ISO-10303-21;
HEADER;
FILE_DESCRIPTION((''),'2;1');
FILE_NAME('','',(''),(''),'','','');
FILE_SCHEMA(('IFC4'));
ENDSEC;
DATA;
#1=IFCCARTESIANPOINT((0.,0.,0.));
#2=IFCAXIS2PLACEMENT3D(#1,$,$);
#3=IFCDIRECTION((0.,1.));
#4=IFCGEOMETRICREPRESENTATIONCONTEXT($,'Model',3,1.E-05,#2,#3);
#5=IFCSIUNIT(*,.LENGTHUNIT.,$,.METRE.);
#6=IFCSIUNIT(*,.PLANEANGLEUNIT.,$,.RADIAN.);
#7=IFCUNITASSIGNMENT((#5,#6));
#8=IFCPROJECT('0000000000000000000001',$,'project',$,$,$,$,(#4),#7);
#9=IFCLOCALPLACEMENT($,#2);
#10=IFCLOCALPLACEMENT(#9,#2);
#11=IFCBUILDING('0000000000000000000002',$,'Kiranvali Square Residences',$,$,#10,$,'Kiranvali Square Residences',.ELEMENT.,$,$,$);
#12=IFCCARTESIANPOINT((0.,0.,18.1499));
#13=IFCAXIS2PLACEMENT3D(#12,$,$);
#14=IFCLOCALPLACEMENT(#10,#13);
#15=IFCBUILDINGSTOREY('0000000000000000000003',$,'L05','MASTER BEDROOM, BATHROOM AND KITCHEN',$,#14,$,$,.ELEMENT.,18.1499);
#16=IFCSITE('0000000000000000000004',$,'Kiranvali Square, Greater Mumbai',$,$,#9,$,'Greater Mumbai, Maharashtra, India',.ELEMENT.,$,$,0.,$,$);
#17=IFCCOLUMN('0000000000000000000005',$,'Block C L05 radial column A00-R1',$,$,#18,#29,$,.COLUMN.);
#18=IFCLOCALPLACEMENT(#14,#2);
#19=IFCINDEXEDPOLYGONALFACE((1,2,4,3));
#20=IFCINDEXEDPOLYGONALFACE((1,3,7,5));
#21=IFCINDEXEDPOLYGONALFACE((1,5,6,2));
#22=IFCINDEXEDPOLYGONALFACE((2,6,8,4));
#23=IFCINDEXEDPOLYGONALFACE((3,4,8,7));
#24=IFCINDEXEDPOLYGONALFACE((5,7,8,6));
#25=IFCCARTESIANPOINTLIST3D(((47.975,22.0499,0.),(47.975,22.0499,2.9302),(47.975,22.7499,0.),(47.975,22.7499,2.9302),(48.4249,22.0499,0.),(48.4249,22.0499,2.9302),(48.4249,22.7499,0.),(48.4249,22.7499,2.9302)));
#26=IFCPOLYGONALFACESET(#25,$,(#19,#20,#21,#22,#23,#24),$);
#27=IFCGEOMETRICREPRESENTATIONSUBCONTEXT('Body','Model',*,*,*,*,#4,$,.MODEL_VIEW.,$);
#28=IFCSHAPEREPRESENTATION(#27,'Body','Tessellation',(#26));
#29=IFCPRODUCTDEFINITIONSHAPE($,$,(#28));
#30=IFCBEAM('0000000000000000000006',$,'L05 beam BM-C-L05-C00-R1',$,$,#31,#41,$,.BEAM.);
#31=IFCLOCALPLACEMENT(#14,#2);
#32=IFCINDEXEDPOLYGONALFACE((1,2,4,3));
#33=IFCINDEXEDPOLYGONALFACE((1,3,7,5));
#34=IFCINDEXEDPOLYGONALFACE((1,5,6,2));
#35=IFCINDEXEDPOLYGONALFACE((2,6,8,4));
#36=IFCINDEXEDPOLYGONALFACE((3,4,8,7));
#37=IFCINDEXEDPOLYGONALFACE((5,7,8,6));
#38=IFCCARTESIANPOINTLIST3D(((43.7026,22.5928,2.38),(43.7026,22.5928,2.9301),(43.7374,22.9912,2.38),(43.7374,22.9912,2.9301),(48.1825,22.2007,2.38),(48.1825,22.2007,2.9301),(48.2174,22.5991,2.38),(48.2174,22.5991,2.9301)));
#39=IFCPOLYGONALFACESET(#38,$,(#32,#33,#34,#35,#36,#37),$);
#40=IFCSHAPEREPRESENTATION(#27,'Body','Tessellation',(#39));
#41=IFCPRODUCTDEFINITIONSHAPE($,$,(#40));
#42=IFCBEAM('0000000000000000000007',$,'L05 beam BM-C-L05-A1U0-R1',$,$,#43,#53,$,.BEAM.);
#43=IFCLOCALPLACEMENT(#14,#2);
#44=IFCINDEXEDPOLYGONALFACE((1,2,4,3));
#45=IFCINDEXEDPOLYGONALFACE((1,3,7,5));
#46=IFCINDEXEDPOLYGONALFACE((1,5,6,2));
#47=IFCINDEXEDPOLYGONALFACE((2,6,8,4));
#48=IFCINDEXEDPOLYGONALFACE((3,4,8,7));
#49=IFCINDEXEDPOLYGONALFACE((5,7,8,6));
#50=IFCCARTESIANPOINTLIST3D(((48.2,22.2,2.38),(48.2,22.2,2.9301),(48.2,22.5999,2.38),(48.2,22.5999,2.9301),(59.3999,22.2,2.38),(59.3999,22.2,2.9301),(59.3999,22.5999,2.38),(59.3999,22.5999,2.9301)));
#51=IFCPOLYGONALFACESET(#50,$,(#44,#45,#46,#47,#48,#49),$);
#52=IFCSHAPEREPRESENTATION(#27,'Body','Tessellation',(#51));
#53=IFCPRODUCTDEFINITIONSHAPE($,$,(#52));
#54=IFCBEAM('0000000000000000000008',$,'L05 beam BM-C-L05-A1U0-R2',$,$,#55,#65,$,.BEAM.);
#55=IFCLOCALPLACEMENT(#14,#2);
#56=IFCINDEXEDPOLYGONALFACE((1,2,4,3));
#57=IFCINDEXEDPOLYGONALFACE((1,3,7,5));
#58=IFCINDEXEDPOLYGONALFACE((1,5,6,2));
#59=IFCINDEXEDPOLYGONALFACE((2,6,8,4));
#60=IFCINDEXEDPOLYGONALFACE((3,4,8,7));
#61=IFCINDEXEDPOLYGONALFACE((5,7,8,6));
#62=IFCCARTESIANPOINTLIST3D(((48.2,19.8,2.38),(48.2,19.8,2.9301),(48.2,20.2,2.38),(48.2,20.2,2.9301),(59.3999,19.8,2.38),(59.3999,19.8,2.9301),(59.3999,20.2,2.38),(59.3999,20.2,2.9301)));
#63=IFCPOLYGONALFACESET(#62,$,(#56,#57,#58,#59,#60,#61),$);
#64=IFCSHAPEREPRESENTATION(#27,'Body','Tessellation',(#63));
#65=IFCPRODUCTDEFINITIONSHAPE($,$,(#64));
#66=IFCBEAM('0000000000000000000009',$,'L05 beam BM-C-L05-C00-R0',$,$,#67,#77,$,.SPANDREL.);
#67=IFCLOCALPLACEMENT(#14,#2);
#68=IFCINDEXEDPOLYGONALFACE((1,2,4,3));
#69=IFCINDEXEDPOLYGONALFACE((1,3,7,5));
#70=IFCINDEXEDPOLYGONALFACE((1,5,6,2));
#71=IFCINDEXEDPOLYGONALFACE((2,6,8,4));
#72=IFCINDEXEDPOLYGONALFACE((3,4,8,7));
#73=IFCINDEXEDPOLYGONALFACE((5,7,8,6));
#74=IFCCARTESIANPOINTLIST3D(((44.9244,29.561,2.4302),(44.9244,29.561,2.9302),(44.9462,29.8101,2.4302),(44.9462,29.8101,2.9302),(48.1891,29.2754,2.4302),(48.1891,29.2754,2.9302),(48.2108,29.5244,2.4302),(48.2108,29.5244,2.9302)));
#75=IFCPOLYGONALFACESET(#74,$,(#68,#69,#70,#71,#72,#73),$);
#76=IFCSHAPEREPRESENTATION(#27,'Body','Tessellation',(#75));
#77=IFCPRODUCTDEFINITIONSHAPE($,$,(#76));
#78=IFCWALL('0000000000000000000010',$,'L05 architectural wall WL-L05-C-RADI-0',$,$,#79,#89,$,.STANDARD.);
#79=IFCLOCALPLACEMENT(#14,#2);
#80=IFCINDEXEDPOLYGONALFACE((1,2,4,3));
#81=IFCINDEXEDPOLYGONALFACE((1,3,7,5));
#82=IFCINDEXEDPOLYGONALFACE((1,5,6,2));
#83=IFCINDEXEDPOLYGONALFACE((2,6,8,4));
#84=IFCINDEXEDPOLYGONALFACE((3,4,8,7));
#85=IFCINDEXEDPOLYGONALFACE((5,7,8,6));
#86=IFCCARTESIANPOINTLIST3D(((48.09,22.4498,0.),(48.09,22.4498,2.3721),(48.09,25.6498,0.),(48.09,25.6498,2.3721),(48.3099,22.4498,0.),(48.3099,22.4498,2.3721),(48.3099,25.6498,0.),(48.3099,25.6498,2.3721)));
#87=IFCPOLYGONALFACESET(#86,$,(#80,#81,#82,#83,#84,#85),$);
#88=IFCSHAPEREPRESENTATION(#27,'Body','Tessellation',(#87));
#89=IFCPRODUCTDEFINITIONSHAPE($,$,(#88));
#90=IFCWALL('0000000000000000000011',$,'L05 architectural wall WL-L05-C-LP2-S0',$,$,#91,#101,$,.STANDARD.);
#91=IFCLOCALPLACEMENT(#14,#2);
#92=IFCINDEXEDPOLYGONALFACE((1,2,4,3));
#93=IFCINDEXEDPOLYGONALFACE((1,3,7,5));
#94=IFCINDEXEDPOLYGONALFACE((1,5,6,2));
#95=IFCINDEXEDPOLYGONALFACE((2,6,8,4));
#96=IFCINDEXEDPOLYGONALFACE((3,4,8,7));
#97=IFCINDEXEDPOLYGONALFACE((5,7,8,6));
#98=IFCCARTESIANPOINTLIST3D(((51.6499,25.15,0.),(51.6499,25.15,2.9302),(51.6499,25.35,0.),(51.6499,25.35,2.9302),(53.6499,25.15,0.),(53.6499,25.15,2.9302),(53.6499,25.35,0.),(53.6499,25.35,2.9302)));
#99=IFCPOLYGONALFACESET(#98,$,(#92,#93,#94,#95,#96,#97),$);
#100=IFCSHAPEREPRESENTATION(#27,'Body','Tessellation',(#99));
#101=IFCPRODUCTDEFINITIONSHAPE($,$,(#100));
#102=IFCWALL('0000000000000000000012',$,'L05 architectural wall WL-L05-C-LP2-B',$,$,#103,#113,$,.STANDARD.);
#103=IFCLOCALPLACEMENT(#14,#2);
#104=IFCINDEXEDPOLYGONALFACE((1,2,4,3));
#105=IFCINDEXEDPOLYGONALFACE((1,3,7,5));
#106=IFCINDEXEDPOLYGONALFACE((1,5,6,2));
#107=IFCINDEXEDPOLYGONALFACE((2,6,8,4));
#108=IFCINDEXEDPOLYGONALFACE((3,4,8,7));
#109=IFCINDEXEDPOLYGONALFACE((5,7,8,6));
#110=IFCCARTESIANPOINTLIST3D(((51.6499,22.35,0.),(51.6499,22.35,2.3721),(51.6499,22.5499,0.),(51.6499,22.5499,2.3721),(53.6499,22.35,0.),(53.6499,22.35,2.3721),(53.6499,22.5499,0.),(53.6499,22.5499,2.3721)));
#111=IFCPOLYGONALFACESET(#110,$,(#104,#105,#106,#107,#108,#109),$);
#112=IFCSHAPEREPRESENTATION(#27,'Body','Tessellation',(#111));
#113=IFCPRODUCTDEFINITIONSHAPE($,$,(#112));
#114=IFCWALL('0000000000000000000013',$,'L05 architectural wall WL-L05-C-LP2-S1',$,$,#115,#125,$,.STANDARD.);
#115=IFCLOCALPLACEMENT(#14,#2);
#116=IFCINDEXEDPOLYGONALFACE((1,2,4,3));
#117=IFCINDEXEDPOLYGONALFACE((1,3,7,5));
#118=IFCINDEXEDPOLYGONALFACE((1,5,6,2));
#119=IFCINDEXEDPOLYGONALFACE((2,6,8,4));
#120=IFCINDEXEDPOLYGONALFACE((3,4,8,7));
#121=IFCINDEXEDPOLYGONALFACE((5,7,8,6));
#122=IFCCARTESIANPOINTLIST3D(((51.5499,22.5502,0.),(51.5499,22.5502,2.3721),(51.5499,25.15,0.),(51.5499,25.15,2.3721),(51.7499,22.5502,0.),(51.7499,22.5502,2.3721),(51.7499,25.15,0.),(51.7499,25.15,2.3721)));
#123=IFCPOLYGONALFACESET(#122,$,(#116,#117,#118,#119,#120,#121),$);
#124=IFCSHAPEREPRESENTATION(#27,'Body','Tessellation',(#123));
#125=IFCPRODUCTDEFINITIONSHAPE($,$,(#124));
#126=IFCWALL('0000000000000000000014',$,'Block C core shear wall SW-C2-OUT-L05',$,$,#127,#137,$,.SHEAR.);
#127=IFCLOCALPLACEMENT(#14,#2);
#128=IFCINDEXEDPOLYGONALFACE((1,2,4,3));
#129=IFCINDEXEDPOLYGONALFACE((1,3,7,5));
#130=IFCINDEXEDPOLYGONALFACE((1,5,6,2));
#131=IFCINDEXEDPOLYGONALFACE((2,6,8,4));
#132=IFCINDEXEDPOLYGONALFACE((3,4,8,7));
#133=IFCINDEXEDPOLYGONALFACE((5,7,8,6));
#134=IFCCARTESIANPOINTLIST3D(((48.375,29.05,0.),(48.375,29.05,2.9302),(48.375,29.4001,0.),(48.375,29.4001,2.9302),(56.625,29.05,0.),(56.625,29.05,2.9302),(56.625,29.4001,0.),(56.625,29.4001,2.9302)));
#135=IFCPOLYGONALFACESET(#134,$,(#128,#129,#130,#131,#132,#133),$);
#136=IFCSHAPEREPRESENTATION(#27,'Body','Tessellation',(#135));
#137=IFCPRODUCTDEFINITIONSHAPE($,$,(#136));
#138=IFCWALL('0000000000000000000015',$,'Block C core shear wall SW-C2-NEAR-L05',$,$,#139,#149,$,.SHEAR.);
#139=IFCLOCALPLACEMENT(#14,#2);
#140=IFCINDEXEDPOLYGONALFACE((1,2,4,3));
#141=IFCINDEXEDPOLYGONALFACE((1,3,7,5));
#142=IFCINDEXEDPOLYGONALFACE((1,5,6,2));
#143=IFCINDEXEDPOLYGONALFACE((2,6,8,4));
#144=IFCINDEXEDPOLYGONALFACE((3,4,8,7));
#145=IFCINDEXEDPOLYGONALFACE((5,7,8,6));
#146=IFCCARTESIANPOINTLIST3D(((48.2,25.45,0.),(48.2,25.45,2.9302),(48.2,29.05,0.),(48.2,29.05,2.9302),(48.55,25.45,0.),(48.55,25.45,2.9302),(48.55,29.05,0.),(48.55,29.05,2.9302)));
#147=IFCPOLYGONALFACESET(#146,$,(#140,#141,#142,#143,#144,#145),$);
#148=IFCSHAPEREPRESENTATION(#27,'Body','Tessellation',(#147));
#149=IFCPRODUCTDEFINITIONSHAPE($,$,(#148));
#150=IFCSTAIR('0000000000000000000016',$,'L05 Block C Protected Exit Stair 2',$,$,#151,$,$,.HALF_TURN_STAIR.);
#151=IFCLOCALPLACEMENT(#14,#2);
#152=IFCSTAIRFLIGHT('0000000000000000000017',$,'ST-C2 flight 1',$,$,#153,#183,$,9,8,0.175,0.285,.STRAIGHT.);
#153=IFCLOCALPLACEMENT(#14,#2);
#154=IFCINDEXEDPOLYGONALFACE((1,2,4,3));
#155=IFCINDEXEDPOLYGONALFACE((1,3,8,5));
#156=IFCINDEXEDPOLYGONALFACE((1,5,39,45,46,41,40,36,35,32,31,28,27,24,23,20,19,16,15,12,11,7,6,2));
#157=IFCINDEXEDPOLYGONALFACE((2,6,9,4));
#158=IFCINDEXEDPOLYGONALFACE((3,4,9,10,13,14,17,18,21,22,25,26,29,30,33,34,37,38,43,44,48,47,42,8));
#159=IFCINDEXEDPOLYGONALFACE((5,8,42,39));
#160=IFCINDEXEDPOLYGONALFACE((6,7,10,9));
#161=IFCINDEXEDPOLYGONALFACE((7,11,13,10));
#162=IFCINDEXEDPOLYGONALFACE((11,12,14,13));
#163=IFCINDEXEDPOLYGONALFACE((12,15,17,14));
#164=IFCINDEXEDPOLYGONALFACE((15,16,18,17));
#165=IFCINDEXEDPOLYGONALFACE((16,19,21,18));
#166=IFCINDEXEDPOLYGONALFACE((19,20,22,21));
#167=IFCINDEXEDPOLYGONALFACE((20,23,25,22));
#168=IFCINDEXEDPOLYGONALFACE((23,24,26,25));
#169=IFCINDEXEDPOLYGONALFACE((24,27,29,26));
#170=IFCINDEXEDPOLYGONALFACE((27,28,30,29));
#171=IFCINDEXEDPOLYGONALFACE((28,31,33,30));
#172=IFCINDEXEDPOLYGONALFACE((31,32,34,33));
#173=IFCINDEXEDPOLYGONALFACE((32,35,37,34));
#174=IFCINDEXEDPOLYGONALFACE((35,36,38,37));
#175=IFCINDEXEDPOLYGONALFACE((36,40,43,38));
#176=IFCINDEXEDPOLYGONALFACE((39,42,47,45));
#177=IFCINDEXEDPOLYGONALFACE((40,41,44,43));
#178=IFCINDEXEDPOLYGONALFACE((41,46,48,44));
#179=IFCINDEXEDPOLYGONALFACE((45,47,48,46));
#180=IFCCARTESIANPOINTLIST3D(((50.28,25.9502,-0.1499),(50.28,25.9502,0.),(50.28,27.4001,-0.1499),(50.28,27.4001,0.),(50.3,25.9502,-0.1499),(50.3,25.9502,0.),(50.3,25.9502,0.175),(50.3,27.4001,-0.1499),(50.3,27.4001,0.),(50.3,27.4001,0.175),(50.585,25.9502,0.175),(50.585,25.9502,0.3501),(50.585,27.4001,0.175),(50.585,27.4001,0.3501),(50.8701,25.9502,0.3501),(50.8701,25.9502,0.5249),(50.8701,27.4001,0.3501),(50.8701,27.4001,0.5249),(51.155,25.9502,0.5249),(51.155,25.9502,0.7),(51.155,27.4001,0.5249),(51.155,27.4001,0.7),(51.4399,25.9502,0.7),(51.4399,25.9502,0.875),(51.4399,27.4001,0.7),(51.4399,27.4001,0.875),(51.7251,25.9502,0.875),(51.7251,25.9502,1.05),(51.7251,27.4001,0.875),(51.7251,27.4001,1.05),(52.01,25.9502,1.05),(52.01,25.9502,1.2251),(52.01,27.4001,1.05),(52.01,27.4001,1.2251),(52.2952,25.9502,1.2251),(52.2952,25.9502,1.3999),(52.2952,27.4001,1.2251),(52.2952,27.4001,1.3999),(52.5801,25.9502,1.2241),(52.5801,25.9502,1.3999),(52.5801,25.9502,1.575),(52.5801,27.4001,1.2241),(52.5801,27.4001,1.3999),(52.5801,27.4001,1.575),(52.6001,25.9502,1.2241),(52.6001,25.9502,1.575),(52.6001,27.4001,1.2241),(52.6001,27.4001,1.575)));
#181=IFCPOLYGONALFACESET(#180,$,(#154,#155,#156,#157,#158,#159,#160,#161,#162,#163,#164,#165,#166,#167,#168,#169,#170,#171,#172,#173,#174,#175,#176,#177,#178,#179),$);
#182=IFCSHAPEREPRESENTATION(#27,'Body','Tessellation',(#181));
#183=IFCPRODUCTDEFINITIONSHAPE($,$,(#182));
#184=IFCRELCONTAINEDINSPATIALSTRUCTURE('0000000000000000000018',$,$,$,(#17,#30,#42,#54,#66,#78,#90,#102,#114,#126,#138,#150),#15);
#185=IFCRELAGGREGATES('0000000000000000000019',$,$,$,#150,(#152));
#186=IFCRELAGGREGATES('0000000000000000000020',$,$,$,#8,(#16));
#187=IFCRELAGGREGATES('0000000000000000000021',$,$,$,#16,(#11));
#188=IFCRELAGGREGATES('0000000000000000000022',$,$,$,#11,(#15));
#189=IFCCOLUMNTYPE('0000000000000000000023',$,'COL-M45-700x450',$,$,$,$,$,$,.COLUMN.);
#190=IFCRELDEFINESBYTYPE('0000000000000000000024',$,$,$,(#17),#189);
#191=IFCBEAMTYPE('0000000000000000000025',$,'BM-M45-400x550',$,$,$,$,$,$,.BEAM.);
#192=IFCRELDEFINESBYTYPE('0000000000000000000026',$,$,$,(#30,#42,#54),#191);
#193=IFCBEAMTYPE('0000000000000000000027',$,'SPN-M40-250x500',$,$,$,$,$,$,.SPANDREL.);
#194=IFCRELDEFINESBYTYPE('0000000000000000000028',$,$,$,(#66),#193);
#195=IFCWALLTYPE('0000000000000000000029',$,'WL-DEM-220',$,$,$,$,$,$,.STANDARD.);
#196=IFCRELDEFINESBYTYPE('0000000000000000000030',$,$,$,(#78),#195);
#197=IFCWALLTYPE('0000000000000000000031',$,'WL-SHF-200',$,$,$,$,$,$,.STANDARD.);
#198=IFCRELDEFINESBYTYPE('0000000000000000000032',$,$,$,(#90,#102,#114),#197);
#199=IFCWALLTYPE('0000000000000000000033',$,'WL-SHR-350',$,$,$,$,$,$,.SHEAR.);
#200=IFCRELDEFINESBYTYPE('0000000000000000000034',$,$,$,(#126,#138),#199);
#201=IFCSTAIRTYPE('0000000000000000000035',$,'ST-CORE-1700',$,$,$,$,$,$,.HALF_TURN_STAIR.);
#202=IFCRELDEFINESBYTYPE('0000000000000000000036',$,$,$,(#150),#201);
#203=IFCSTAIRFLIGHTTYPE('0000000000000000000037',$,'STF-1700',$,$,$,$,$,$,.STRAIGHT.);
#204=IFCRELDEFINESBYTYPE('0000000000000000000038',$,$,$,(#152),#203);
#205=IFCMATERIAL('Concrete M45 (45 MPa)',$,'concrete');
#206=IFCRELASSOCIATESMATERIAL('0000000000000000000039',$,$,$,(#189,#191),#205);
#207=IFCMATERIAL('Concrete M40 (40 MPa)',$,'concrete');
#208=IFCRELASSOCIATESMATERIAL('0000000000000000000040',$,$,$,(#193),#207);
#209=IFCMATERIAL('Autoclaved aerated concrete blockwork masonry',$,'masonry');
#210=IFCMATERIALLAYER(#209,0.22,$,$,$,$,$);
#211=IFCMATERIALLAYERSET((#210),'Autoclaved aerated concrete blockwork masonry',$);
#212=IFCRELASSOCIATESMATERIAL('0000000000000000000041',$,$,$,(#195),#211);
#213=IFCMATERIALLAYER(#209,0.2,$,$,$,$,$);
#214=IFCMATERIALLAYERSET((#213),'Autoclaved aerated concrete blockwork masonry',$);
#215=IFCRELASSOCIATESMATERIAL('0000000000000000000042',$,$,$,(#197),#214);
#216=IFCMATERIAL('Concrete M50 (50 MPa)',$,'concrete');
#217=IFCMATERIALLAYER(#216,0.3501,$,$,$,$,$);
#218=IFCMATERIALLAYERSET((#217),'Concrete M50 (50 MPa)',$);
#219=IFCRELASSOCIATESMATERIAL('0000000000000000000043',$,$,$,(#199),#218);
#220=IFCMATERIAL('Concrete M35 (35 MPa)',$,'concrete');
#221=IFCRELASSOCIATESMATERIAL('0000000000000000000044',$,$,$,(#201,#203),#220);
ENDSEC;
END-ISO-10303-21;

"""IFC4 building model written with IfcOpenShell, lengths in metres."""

from ifc_helpers import new_model, si_unit, direction, frame, frame_2d, origin, origin_2d, place, context, subcontext, project, spatial, polyline, rectangle, outline, extrude, material, layer, layer_set, material_profile, profile_set, type_object, element, aggregate, save


model = new_model("IFC4")

# Units and contexts
model_context = context("Model", 3, precision=1e-05, world=origin(), true_north=direction((0.0, 1.0)))
body_context = subcontext(model_context, "Body", "Model", "MODEL_VIEW")
ifc_project = project(units=[si_unit("LENGTHUNIT", "METRE"), si_unit("PLANEANGLEUNIT", "RADIAN")], contexts=[model_context])

# Site, building, storey
site_placement = place(None, origin())
site = spatial("IfcSite", under=ifc_project, at=site_placement, Name="Kiranvali Square, Greater Mumbai", LongName="Greater Mumbai, Maharashtra, India", CompositionType="ELEMENT", RefElevation=0.0)
building_placement = place(site_placement, origin())
building = spatial("IfcBuilding", under=site, at=building_placement, Name="Kiranvali Square Residences", LongName="Kiranvali Square Residences", CompositionType="ELEMENT")
storey_placement = place(building_placement, frame((0.0, 0.0, 18.1499)))
storey = spatial("IfcBuildingStorey", under=building, at=storey_placement, Name="L05", Description="MASTER BEDROOM, BATHROOM AND KITCHEN", CompositionType="ELEMENT", Elevation=18.1499)

# Column
ifc_material_1 = material(Name="Concrete M45 (45 MPa)", Category="concrete")
ifc_material_profile_1 = material_profile(ifc_material_1, rectangle(XDim=0.45, YDim=0.7, at=origin_2d()), Name="RC 700x450")
ifc_profile_set_1 = profile_set([ifc_material_profile_1], Name="Concrete M45 (45 MPa)")
column_type = type_object("IfcColumnType", Name="COL-M45-700x450", PredefinedType="COLUMN", material=ifc_profile_set_1)
column_placement = place(storey_placement, frame((48.2, 22.3999, 0.0), z_axis=(0.0, 0.0, 1.0), x_axis=(1.0, 0.0, 0.0)))
element("IfcColumn", 1, at=column_placement, inside=storey, type_object=column_type, Name="Block C L05 radial column A00-R1", PredefinedType="COLUMN", context=body_context, shape_type="SweptSolid", body=[
    extrude(rectangle(XDim=0.45, YDim=0.7, at=origin_2d()), origin(), (0.0, 0.0, 1.0), 2.9302),
])

# Beams
ifc_material_profile_2 = material_profile(ifc_material_1, rectangle(XDim=0.3999, YDim=0.55, at=origin_2d()), Name="RC 400x550")
ifc_profile_set_2 = profile_set([ifc_material_profile_2], Name="Concrete M45 (45 MPa)")
beam_type_1 = type_object("IfcBeamType", Name="BM-M45-400x550", PredefinedType="BEAM", material=ifc_profile_set_2)
beam_1_placement = place(storey_placement, frame((48.2, 22.3999, 2.655), z_axis=(-0.996192, 0.087187, 0.0), x_axis=(-0.087187, -0.996192, 0.0)))
element("IfcBeam", 2, at=beam_1_placement, inside=storey, type_object=beam_type_1, Name="L05 beam BM-C-L05-C00-R1", PredefinedType="BEAM", context=body_context, shape_type="SweptSolid", body=[
    extrude(rectangle(XDim=0.3999, YDim=0.55, at=origin_2d()), origin(), (0.0, 0.0, 1.0), 4.4971),
])
for number, where, z_axis, x_axis, name in (
    (3, (48.2, 22.3999, 2.655), (1.0, 0.0, 0.0), (0.0, 1.0, 0.0), "L05 beam BM-C-L05-A1U0-R1"),
    (4, (48.2, 20.0, 2.655), (1.0, 0.0, 0.0), (0.0, 1.0, 0.0), "L05 beam BM-C-L05-A1U0-R2"),
):
    element("IfcBeam", number, at=place(storey_placement, frame(where, z_axis=z_axis, x_axis=x_axis)), inside=storey, type_object=beam_type_1, Name=name, PredefinedType="BEAM", context=body_context, shape_type="SweptSolid", body=[
        extrude(rectangle(XDim=0.3999, YDim=0.55, at=origin_2d()), origin(), (0.0, 0.0, 1.0), 11.2),
    ])
ifc_material_2 = material(Name="Concrete M40 (40 MPa)", Category="concrete")
ifc_material_profile_3 = material_profile(ifc_material_2, rectangle(XDim=0.25, YDim=0.5, at=origin_2d()), Name="RC 250x500")
ifc_profile_set_3 = profile_set([ifc_material_profile_3], Name="Concrete M40 (40 MPa)")
beam_type_2 = type_object("IfcBeamType", Name="SPN-M40-250x500", PredefinedType="SPANDREL", material=ifc_profile_set_3)
beam_2_placement = place(storey_placement, frame((48.2, 29.3999, 2.6802), z_axis=(-0.996194, 0.087163, 0.0), x_axis=(-0.087163, -0.996194, 0.0)))
element("IfcBeam", 5, at=beam_2_placement, inside=storey, type_object=beam_type_2, Name="L05 beam BM-C-L05-C00-R0", PredefinedType="SPANDREL", context=body_context, shape_type="SweptSolid", body=[
    extrude(rectangle(XDim=0.25, YDim=0.5, at=origin_2d()), origin(), (0.0, 0.0, 1.0), 3.2771),
])

# Shared definitions
ifc_material_3 = material(Name="Autoclaved aerated concrete blockwork masonry", Category="masonry")

# Walls
ifc_layer_1 = layer(ifc_material_3, 0.22)
ifc_layer_set_1 = layer_set([ifc_layer_1], Name="Autoclaved aerated concrete blockwork masonry")
wall_type_1 = type_object("IfcWallType", Name="WL-DEM-220", PredefinedType="STANDARD", material=ifc_layer_set_1)
wall_1_placement = place(storey_placement, frame((48.2, 25.6499, 0.0), z_axis=(0.0, 0.0, 1.0), x_axis=(0.0, -1.0, 0.0)))
element("IfcWall", 6, at=wall_1_placement, inside=storey, type_object=wall_type_1, Name="L05 architectural wall WL-L05-C-RADI-0", PredefinedType="STANDARD", context=body_context, shape_type="SweptSolid", body=[
    extrude(rectangle(XDim=3.2, YDim=0.22, at=frame_2d((1.6001, 0.0))), origin(), (0.0, 0.0, 1.0), 2.3721),
])
ifc_layer_2 = layer(ifc_material_3, 0.2)
ifc_layer_set_2 = layer_set([ifc_layer_2], Name="Autoclaved aerated concrete blockwork masonry")
wall_type_2 = type_object("IfcWallType", Name="WL-SHF-200", PredefinedType="STANDARD", material=ifc_layer_set_2)
wall_2_placement = place(storey_placement, frame((51.6499, 25.25, 0.0), z_axis=(0.0, 0.0, 1.0), x_axis=(1.0, 0.0, 0.0)))
element("IfcWall", 7, at=wall_2_placement, inside=storey, type_object=wall_type_2, Name="L05 architectural wall WL-L05-C-LP2-S0", PredefinedType="STANDARD", context=body_context, shape_type="SweptSolid", body=[
    extrude(rectangle(XDim=2.0, YDim=0.2, at=frame_2d((1.0, 0.0))), origin(), (0.0, 0.0, 1.0), 2.9302),
])
wall_3_placement = place(storey_placement, frame((51.6499, 22.45, 0.0), z_axis=(0.0, 0.0, 1.0), x_axis=(1.0, 0.0, 0.0)))
element("IfcWall", 8, at=wall_3_placement, inside=storey, type_object=wall_type_2, Name="L05 architectural wall WL-L05-C-LP2-B", PredefinedType="STANDARD", context=body_context, shape_type="SweptSolid", body=[
    extrude(rectangle(XDim=2.0, YDim=0.2, at=frame_2d((1.0, 0.0))), origin(), (0.0, 0.0, 1.0), 2.3721),
])
wall_4_placement = place(storey_placement, frame((51.6499, 25.1499, 0.0), z_axis=(0.0, 0.0, 1.0), x_axis=(0.0, -1.0, 0.0)))
element("IfcWall", 9, at=wall_4_placement, inside=storey, type_object=wall_type_2, Name="L05 architectural wall WL-L05-C-LP2-S1", PredefinedType="STANDARD", context=body_context, shape_type="SweptSolid", body=[
    extrude(rectangle(XDim=2.5999, YDim=0.2, at=frame_2d((1.2998, 0.0))), origin(), (0.0, 0.0, 1.0), 2.3721),
])
ifc_material_4 = material(Name="Concrete M50 (50 MPa)", Category="concrete")
ifc_layer_3 = layer(ifc_material_4, 0.3501)
ifc_layer_set_3 = layer_set([ifc_layer_3], Name="Concrete M50 (50 MPa)")
wall_type_3 = type_object("IfcWallType", Name="WL-SHR-350", PredefinedType="SHEAR", material=ifc_layer_set_3)
wall_5_placement = place(storey_placement, frame((48.375, 29.2251, 0.0), z_axis=(0.0, 0.0, 1.0), x_axis=(1.0, 0.0, 0.0)))
element("IfcWall", 10, at=wall_5_placement, inside=storey, type_object=wall_type_3, Name="Block C core shear wall SW-C2-OUT-L05", PredefinedType="SHEAR", context=body_context, shape_type="SweptSolid", body=[
    extrude(rectangle(XDim=8.25, YDim=0.3501, at=frame_2d((4.125, 0.0))), origin(), (0.0, 0.0, 1.0), 2.9302),
])

# Wall
wall_6_placement = place(storey_placement, frame((48.375, 29.05, 0.0), z_axis=(0.0, 0.0, 1.0), x_axis=(0.0, -1.0, 0.0)))
element("IfcWall", 11, at=wall_6_placement, inside=storey, type_object=wall_type_3, Name="Block C core shear wall SW-C2-NEAR-L05", PredefinedType="SHEAR", context=body_context, shape_type="SweptSolid", body=[
    extrude(rectangle(XDim=3.6001, YDim=0.3501, at=frame_2d((1.8, 0.0))), origin(), (0.0, 0.0, 1.0), 2.9302),
])

# Stair, stair flight
ifc_material_5 = material(Name="Concrete M35 (35 MPa)", Category="concrete")
stair_type = type_object("IfcStairType", Name="ST-CORE-1700", PredefinedType="HALF_TURN_STAIR", material=ifc_material_5)
stair_placement = place(storey_placement, origin())
stair = element("IfcStair", 12, at=stair_placement, inside=storey, type_object=stair_type, Name="L05 Block C Protected Exit Stair 2", PredefinedType="HALF_TURN_STAIR")
stair_flight_type = type_object("IfcStairFlightType", Name="STF-1700", PredefinedType="STRAIGHT", material=ifc_material_5)
stair_flight_placement = place(storey_placement, frame((50.3, 26.675, 0.0), z_axis=(0.0, 0.0, 1.0), x_axis=(1.0, 0.0, 0.0)))
stair_flight = element("IfcStairFlight", 13, at=stair_flight_placement, type_object=stair_flight_type, Name="ST-C2 flight 1", NumberOfRisers=9, NumberOfTreads=8, PredefinedType="STRAIGHT", RiserHeight=0.175, TreadLength=0.285, context=body_context, shape_type="SweptSolid", body=[
    extrude(outline(polyline([(-0.02, -0.1499), (-0.02, 0.0), (0.0, 0.0), (0.0, 0.175), (0.2849, 0.175), (0.2849, 0.3501), (0.5701, 0.3501), (0.5701, 0.5249), (0.855, 0.5249), (0.855, 0.7), (1.1399, 0.7), (1.1399, 0.875), (1.425, 0.875), (1.425, 1.05), (1.71, 1.05), (1.71, 1.2251), (1.9951, 1.2251), (1.9951, 1.3999), (2.28, 1.3999), (2.28, 1.575), (2.3, 1.575), (2.3, 1.2241), (2.28, 1.2241), (0.0, -0.1499), (-0.02, -0.1499)])), frame((0.0, 0.7251, 0.0), z_axis=(0.0, -1.0, 0.0), x_axis=(1.0, 0.0, 0.0)), (0.0, 0.0, 1.0), 1.45),
])
aggregate(stair, [stair_flight])

save(model, "model.ifc")
